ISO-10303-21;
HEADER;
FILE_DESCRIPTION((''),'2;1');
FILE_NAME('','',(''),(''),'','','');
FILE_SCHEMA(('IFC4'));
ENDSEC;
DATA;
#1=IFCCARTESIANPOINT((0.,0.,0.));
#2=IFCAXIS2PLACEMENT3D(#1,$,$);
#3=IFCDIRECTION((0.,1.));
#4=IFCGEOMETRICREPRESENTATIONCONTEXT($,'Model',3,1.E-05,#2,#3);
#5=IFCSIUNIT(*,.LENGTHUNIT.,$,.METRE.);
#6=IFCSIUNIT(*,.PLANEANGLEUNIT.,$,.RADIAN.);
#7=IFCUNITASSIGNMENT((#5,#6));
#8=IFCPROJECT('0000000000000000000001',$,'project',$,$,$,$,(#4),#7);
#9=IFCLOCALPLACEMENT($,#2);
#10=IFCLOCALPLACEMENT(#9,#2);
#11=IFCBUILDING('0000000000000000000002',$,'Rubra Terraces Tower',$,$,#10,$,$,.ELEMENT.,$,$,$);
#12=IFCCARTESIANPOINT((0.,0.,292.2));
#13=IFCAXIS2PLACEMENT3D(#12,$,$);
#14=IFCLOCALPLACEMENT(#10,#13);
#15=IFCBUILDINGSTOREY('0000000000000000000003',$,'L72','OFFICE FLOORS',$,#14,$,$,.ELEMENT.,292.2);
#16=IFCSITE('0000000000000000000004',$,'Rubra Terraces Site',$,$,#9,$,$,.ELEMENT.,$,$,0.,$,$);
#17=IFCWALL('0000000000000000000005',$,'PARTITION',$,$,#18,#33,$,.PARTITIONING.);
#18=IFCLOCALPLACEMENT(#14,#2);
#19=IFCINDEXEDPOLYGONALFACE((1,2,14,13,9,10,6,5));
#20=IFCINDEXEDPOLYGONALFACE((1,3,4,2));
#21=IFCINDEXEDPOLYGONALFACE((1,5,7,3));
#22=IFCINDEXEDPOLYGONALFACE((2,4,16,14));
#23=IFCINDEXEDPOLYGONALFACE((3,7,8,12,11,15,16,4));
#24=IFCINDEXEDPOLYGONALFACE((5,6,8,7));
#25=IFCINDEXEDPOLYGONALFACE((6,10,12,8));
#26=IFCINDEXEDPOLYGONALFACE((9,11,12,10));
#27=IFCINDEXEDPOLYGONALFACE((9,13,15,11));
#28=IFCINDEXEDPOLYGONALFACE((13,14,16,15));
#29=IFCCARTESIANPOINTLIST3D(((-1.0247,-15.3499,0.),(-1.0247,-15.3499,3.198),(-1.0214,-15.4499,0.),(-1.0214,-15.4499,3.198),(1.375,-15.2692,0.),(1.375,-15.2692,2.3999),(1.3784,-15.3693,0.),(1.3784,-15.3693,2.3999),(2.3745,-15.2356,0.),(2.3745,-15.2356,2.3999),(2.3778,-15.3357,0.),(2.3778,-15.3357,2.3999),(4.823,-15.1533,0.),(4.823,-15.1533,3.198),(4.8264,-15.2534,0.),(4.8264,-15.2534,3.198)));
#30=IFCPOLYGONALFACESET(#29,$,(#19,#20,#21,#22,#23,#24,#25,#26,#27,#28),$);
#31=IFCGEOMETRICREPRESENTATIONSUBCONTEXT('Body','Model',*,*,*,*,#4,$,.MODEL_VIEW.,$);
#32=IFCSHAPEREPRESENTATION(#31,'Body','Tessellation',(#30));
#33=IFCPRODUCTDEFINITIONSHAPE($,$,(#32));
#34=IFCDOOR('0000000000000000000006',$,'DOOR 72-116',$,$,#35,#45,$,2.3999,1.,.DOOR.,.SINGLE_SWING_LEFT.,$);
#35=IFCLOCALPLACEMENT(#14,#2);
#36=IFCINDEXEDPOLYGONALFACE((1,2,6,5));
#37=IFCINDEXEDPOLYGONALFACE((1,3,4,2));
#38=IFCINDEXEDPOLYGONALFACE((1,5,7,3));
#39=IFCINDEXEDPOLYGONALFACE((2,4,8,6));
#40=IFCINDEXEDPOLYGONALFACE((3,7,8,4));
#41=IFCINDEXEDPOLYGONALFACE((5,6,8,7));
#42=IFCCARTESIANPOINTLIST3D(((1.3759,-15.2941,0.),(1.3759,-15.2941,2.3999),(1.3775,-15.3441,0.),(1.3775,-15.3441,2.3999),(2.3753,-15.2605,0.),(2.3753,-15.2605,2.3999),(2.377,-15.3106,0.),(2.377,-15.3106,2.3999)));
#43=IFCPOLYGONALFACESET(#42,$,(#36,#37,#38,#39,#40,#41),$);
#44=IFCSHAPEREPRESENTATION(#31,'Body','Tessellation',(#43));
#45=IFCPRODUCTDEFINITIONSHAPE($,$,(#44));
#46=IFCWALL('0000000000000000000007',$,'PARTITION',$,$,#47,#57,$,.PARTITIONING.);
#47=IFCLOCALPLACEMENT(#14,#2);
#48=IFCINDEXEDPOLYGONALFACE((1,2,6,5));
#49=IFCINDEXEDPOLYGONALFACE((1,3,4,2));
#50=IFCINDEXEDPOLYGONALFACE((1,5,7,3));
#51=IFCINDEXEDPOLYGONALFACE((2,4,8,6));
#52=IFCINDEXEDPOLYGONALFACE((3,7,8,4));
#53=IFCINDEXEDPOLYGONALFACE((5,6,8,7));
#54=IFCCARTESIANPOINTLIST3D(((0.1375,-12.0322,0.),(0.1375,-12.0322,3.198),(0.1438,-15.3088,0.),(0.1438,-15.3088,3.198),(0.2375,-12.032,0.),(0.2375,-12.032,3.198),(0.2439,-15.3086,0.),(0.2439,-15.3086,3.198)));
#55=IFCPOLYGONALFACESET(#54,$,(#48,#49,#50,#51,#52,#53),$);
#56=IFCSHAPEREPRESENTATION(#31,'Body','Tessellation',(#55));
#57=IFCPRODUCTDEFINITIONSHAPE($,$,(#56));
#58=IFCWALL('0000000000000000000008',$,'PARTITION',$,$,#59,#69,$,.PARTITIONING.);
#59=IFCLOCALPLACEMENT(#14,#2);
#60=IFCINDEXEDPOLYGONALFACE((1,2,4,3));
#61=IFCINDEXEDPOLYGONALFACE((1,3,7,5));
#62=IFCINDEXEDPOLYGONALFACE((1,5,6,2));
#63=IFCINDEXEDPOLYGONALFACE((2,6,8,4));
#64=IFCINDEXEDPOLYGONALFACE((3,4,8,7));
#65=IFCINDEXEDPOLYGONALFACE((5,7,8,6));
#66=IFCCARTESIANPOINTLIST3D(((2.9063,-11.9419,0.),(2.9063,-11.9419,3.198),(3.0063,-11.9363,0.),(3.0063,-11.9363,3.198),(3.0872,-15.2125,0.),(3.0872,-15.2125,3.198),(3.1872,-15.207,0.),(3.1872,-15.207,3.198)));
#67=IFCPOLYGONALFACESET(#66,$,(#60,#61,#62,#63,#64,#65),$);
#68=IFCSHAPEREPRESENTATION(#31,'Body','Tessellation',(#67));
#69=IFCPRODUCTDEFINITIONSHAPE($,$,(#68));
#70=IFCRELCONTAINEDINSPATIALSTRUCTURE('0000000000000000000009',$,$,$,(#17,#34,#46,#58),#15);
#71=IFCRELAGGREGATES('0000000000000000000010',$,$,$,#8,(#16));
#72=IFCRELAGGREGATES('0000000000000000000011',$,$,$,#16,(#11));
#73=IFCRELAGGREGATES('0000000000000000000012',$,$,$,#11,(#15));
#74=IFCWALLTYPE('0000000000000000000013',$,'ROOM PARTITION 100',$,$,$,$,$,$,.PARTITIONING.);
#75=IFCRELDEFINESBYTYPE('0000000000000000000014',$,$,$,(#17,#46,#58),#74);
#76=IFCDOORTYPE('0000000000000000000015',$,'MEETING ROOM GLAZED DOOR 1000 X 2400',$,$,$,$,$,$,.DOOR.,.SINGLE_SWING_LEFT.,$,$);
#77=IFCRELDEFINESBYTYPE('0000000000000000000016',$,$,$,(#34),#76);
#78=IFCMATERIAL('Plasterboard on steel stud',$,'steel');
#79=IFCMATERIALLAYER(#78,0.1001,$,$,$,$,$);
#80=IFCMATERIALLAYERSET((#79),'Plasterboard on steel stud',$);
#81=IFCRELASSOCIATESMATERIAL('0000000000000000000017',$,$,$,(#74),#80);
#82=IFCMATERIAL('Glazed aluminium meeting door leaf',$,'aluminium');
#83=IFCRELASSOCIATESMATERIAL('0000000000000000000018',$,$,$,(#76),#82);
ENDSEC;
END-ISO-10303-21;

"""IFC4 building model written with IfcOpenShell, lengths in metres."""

from ifc_helpers import new_model, si_unit, direction, frame, frame_2d, origin, place, context, subcontext, project, spatial, rectangle, extrude, material, layer, layer_set, type_object, element, fill, save


model = new_model("IFC4")

# Units and contexts
model_context = context("Model", 3, precision=1e-05, world=origin(), true_north=direction((0.0, 1.0)))
body_context = subcontext(model_context, "Body", "Model", "MODEL_VIEW")
ifc_project = project(units=[si_unit("LENGTHUNIT", "METRE"), si_unit("PLANEANGLEUNIT", "RADIAN")], contexts=[model_context])

# Site, building, storey
site_placement = place(None, origin())
site = spatial("IfcSite", under=ifc_project, at=site_placement, Name="Rubra Terraces Site", CompositionType="ELEMENT", RefElevation=0.0)
building_placement = place(site_placement, origin())
building = spatial("IfcBuilding", under=site, at=building_placement, Name="Rubra Terraces Tower", CompositionType="ELEMENT")
storey_placement = place(building_placement, frame((0.0, 0.0, 292.2)))
storey = spatial("IfcBuildingStorey", under=building, at=storey_placement, Name="L72", Description="OFFICE FLOORS", CompositionType="ELEMENT", Elevation=292.2)

# Shared definitions
ifc_material_1 = material(Name="Plasterboard on steel stud", Category="steel")
ifc_layer_1 = layer(ifc_material_1, 0.1001)
ifc_layer_set_1 = layer_set([ifc_layer_1], Name="Plasterboard on steel stud")
wall_type_1 = type_object("IfcWallType", Name="ROOM PARTITION 100", PredefinedType="PARTITIONING", material=ifc_layer_set_1)

# Wall, opening, door
wall_1_placement = place(storey_placement, frame((4.8247, -15.2034, 0.0), z_axis=(0.0, 0.0, 1.0), x_axis=(-0.999436, -0.03359, 0.0)))
wall_1 = element("IfcWall", 1, at=wall_1_placement, inside=storey, type_object=wall_type_1, Name="PARTITION", PredefinedType="PARTITIONING", context=body_context, shape_type="SweptSolid", body=[
    extrude(rectangle(XDim=5.8511, YDim=0.1001, at=frame_2d((2.9255, 0.0))), origin(), (0.0, 0.0, 1.0), 3.198),
])
opening_1_placement = place(wall_1_placement, frame((2.45, 0.0, 0.0)))
opening_1 = element("IfcOpeningElement", 2, at=opening_1_placement, cuts=wall_1, PredefinedType="OPENING", context=body_context, shape_type="SweptSolid", body=[
    extrude(rectangle(XDim=1.0, YDim=2.3999, at=frame_2d((0.5, 1.2))), frame((0.0, 0.0601, 0.0), z_axis=(0.0, -1.0, 0.0), x_axis=(1.0, 0.0, 0.0)), (0.0, 0.0, 1.0), 0.1201),
])
ifc_material_2 = material(Name="Glazed aluminium meeting door leaf", Category="aluminium")
door_type = type_object("IfcDoorType", Name="MEETING ROOM GLAZED DOOR 1000 X 2400", OperationType="SINGLE_SWING_LEFT", PredefinedType="DOOR", material=ifc_material_2)
door_placement = place(opening_1_placement, origin())
door = element("IfcDoor", 3, at=door_placement, inside=storey, type_object=door_type, Name="DOOR 72-116", OperationType="SINGLE_SWING_LEFT", OverallHeight=2.3999, OverallWidth=1.0, PredefinedType="DOOR", context=body_context, shape_type="SweptSolid", body=[
    extrude(rectangle(XDim=1.0, YDim=2.3999, at=frame_2d((0.5, 1.2))), frame((0.0, 0.0249, 0.0), z_axis=(0.0, -1.0, 0.0), x_axis=(1.0, 0.0, 0.0)), (0.0, 0.0, 1.0), 0.05),
])
fill(opening_1, door)

# Walls
wall_2_placement = place(storey_placement, frame((0.1875, -12.0322, 0.0), z_axis=(0.0, 0.0, 1.0), x_axis=(0.001937, -0.999998, 0.0)))
element("IfcWall", 4, at=wall_2_placement, inside=storey, type_object=wall_type_1, Name="PARTITION", PredefinedType="PARTITIONING", context=body_context, shape_type="SweptSolid", body=[
    extrude(rectangle(XDim=3.2766, YDim=0.1001, at=frame_2d((1.6382, 0.0))), origin(), (0.0, 0.0, 1.0), 3.198),
])
wall_3_placement = place(storey_placement, frame((2.9563, -11.9392, 0.0), z_axis=(0.0, 0.0, 1.0), x_axis=(0.055226, -0.998474, 0.0)))
element("IfcWall", 5, at=wall_3_placement, inside=storey, type_object=wall_type_1, Name="PARTITION", PredefinedType="PARTITIONING", context=body_context, shape_type="SweptSolid", body=[
    extrude(rectangle(XDim=3.2756, YDim=0.1001, at=frame_2d((1.6377, 0.0))), origin(), (0.0, 0.0, 1.0), 3.198),
])

save(model, "model.ifc")
